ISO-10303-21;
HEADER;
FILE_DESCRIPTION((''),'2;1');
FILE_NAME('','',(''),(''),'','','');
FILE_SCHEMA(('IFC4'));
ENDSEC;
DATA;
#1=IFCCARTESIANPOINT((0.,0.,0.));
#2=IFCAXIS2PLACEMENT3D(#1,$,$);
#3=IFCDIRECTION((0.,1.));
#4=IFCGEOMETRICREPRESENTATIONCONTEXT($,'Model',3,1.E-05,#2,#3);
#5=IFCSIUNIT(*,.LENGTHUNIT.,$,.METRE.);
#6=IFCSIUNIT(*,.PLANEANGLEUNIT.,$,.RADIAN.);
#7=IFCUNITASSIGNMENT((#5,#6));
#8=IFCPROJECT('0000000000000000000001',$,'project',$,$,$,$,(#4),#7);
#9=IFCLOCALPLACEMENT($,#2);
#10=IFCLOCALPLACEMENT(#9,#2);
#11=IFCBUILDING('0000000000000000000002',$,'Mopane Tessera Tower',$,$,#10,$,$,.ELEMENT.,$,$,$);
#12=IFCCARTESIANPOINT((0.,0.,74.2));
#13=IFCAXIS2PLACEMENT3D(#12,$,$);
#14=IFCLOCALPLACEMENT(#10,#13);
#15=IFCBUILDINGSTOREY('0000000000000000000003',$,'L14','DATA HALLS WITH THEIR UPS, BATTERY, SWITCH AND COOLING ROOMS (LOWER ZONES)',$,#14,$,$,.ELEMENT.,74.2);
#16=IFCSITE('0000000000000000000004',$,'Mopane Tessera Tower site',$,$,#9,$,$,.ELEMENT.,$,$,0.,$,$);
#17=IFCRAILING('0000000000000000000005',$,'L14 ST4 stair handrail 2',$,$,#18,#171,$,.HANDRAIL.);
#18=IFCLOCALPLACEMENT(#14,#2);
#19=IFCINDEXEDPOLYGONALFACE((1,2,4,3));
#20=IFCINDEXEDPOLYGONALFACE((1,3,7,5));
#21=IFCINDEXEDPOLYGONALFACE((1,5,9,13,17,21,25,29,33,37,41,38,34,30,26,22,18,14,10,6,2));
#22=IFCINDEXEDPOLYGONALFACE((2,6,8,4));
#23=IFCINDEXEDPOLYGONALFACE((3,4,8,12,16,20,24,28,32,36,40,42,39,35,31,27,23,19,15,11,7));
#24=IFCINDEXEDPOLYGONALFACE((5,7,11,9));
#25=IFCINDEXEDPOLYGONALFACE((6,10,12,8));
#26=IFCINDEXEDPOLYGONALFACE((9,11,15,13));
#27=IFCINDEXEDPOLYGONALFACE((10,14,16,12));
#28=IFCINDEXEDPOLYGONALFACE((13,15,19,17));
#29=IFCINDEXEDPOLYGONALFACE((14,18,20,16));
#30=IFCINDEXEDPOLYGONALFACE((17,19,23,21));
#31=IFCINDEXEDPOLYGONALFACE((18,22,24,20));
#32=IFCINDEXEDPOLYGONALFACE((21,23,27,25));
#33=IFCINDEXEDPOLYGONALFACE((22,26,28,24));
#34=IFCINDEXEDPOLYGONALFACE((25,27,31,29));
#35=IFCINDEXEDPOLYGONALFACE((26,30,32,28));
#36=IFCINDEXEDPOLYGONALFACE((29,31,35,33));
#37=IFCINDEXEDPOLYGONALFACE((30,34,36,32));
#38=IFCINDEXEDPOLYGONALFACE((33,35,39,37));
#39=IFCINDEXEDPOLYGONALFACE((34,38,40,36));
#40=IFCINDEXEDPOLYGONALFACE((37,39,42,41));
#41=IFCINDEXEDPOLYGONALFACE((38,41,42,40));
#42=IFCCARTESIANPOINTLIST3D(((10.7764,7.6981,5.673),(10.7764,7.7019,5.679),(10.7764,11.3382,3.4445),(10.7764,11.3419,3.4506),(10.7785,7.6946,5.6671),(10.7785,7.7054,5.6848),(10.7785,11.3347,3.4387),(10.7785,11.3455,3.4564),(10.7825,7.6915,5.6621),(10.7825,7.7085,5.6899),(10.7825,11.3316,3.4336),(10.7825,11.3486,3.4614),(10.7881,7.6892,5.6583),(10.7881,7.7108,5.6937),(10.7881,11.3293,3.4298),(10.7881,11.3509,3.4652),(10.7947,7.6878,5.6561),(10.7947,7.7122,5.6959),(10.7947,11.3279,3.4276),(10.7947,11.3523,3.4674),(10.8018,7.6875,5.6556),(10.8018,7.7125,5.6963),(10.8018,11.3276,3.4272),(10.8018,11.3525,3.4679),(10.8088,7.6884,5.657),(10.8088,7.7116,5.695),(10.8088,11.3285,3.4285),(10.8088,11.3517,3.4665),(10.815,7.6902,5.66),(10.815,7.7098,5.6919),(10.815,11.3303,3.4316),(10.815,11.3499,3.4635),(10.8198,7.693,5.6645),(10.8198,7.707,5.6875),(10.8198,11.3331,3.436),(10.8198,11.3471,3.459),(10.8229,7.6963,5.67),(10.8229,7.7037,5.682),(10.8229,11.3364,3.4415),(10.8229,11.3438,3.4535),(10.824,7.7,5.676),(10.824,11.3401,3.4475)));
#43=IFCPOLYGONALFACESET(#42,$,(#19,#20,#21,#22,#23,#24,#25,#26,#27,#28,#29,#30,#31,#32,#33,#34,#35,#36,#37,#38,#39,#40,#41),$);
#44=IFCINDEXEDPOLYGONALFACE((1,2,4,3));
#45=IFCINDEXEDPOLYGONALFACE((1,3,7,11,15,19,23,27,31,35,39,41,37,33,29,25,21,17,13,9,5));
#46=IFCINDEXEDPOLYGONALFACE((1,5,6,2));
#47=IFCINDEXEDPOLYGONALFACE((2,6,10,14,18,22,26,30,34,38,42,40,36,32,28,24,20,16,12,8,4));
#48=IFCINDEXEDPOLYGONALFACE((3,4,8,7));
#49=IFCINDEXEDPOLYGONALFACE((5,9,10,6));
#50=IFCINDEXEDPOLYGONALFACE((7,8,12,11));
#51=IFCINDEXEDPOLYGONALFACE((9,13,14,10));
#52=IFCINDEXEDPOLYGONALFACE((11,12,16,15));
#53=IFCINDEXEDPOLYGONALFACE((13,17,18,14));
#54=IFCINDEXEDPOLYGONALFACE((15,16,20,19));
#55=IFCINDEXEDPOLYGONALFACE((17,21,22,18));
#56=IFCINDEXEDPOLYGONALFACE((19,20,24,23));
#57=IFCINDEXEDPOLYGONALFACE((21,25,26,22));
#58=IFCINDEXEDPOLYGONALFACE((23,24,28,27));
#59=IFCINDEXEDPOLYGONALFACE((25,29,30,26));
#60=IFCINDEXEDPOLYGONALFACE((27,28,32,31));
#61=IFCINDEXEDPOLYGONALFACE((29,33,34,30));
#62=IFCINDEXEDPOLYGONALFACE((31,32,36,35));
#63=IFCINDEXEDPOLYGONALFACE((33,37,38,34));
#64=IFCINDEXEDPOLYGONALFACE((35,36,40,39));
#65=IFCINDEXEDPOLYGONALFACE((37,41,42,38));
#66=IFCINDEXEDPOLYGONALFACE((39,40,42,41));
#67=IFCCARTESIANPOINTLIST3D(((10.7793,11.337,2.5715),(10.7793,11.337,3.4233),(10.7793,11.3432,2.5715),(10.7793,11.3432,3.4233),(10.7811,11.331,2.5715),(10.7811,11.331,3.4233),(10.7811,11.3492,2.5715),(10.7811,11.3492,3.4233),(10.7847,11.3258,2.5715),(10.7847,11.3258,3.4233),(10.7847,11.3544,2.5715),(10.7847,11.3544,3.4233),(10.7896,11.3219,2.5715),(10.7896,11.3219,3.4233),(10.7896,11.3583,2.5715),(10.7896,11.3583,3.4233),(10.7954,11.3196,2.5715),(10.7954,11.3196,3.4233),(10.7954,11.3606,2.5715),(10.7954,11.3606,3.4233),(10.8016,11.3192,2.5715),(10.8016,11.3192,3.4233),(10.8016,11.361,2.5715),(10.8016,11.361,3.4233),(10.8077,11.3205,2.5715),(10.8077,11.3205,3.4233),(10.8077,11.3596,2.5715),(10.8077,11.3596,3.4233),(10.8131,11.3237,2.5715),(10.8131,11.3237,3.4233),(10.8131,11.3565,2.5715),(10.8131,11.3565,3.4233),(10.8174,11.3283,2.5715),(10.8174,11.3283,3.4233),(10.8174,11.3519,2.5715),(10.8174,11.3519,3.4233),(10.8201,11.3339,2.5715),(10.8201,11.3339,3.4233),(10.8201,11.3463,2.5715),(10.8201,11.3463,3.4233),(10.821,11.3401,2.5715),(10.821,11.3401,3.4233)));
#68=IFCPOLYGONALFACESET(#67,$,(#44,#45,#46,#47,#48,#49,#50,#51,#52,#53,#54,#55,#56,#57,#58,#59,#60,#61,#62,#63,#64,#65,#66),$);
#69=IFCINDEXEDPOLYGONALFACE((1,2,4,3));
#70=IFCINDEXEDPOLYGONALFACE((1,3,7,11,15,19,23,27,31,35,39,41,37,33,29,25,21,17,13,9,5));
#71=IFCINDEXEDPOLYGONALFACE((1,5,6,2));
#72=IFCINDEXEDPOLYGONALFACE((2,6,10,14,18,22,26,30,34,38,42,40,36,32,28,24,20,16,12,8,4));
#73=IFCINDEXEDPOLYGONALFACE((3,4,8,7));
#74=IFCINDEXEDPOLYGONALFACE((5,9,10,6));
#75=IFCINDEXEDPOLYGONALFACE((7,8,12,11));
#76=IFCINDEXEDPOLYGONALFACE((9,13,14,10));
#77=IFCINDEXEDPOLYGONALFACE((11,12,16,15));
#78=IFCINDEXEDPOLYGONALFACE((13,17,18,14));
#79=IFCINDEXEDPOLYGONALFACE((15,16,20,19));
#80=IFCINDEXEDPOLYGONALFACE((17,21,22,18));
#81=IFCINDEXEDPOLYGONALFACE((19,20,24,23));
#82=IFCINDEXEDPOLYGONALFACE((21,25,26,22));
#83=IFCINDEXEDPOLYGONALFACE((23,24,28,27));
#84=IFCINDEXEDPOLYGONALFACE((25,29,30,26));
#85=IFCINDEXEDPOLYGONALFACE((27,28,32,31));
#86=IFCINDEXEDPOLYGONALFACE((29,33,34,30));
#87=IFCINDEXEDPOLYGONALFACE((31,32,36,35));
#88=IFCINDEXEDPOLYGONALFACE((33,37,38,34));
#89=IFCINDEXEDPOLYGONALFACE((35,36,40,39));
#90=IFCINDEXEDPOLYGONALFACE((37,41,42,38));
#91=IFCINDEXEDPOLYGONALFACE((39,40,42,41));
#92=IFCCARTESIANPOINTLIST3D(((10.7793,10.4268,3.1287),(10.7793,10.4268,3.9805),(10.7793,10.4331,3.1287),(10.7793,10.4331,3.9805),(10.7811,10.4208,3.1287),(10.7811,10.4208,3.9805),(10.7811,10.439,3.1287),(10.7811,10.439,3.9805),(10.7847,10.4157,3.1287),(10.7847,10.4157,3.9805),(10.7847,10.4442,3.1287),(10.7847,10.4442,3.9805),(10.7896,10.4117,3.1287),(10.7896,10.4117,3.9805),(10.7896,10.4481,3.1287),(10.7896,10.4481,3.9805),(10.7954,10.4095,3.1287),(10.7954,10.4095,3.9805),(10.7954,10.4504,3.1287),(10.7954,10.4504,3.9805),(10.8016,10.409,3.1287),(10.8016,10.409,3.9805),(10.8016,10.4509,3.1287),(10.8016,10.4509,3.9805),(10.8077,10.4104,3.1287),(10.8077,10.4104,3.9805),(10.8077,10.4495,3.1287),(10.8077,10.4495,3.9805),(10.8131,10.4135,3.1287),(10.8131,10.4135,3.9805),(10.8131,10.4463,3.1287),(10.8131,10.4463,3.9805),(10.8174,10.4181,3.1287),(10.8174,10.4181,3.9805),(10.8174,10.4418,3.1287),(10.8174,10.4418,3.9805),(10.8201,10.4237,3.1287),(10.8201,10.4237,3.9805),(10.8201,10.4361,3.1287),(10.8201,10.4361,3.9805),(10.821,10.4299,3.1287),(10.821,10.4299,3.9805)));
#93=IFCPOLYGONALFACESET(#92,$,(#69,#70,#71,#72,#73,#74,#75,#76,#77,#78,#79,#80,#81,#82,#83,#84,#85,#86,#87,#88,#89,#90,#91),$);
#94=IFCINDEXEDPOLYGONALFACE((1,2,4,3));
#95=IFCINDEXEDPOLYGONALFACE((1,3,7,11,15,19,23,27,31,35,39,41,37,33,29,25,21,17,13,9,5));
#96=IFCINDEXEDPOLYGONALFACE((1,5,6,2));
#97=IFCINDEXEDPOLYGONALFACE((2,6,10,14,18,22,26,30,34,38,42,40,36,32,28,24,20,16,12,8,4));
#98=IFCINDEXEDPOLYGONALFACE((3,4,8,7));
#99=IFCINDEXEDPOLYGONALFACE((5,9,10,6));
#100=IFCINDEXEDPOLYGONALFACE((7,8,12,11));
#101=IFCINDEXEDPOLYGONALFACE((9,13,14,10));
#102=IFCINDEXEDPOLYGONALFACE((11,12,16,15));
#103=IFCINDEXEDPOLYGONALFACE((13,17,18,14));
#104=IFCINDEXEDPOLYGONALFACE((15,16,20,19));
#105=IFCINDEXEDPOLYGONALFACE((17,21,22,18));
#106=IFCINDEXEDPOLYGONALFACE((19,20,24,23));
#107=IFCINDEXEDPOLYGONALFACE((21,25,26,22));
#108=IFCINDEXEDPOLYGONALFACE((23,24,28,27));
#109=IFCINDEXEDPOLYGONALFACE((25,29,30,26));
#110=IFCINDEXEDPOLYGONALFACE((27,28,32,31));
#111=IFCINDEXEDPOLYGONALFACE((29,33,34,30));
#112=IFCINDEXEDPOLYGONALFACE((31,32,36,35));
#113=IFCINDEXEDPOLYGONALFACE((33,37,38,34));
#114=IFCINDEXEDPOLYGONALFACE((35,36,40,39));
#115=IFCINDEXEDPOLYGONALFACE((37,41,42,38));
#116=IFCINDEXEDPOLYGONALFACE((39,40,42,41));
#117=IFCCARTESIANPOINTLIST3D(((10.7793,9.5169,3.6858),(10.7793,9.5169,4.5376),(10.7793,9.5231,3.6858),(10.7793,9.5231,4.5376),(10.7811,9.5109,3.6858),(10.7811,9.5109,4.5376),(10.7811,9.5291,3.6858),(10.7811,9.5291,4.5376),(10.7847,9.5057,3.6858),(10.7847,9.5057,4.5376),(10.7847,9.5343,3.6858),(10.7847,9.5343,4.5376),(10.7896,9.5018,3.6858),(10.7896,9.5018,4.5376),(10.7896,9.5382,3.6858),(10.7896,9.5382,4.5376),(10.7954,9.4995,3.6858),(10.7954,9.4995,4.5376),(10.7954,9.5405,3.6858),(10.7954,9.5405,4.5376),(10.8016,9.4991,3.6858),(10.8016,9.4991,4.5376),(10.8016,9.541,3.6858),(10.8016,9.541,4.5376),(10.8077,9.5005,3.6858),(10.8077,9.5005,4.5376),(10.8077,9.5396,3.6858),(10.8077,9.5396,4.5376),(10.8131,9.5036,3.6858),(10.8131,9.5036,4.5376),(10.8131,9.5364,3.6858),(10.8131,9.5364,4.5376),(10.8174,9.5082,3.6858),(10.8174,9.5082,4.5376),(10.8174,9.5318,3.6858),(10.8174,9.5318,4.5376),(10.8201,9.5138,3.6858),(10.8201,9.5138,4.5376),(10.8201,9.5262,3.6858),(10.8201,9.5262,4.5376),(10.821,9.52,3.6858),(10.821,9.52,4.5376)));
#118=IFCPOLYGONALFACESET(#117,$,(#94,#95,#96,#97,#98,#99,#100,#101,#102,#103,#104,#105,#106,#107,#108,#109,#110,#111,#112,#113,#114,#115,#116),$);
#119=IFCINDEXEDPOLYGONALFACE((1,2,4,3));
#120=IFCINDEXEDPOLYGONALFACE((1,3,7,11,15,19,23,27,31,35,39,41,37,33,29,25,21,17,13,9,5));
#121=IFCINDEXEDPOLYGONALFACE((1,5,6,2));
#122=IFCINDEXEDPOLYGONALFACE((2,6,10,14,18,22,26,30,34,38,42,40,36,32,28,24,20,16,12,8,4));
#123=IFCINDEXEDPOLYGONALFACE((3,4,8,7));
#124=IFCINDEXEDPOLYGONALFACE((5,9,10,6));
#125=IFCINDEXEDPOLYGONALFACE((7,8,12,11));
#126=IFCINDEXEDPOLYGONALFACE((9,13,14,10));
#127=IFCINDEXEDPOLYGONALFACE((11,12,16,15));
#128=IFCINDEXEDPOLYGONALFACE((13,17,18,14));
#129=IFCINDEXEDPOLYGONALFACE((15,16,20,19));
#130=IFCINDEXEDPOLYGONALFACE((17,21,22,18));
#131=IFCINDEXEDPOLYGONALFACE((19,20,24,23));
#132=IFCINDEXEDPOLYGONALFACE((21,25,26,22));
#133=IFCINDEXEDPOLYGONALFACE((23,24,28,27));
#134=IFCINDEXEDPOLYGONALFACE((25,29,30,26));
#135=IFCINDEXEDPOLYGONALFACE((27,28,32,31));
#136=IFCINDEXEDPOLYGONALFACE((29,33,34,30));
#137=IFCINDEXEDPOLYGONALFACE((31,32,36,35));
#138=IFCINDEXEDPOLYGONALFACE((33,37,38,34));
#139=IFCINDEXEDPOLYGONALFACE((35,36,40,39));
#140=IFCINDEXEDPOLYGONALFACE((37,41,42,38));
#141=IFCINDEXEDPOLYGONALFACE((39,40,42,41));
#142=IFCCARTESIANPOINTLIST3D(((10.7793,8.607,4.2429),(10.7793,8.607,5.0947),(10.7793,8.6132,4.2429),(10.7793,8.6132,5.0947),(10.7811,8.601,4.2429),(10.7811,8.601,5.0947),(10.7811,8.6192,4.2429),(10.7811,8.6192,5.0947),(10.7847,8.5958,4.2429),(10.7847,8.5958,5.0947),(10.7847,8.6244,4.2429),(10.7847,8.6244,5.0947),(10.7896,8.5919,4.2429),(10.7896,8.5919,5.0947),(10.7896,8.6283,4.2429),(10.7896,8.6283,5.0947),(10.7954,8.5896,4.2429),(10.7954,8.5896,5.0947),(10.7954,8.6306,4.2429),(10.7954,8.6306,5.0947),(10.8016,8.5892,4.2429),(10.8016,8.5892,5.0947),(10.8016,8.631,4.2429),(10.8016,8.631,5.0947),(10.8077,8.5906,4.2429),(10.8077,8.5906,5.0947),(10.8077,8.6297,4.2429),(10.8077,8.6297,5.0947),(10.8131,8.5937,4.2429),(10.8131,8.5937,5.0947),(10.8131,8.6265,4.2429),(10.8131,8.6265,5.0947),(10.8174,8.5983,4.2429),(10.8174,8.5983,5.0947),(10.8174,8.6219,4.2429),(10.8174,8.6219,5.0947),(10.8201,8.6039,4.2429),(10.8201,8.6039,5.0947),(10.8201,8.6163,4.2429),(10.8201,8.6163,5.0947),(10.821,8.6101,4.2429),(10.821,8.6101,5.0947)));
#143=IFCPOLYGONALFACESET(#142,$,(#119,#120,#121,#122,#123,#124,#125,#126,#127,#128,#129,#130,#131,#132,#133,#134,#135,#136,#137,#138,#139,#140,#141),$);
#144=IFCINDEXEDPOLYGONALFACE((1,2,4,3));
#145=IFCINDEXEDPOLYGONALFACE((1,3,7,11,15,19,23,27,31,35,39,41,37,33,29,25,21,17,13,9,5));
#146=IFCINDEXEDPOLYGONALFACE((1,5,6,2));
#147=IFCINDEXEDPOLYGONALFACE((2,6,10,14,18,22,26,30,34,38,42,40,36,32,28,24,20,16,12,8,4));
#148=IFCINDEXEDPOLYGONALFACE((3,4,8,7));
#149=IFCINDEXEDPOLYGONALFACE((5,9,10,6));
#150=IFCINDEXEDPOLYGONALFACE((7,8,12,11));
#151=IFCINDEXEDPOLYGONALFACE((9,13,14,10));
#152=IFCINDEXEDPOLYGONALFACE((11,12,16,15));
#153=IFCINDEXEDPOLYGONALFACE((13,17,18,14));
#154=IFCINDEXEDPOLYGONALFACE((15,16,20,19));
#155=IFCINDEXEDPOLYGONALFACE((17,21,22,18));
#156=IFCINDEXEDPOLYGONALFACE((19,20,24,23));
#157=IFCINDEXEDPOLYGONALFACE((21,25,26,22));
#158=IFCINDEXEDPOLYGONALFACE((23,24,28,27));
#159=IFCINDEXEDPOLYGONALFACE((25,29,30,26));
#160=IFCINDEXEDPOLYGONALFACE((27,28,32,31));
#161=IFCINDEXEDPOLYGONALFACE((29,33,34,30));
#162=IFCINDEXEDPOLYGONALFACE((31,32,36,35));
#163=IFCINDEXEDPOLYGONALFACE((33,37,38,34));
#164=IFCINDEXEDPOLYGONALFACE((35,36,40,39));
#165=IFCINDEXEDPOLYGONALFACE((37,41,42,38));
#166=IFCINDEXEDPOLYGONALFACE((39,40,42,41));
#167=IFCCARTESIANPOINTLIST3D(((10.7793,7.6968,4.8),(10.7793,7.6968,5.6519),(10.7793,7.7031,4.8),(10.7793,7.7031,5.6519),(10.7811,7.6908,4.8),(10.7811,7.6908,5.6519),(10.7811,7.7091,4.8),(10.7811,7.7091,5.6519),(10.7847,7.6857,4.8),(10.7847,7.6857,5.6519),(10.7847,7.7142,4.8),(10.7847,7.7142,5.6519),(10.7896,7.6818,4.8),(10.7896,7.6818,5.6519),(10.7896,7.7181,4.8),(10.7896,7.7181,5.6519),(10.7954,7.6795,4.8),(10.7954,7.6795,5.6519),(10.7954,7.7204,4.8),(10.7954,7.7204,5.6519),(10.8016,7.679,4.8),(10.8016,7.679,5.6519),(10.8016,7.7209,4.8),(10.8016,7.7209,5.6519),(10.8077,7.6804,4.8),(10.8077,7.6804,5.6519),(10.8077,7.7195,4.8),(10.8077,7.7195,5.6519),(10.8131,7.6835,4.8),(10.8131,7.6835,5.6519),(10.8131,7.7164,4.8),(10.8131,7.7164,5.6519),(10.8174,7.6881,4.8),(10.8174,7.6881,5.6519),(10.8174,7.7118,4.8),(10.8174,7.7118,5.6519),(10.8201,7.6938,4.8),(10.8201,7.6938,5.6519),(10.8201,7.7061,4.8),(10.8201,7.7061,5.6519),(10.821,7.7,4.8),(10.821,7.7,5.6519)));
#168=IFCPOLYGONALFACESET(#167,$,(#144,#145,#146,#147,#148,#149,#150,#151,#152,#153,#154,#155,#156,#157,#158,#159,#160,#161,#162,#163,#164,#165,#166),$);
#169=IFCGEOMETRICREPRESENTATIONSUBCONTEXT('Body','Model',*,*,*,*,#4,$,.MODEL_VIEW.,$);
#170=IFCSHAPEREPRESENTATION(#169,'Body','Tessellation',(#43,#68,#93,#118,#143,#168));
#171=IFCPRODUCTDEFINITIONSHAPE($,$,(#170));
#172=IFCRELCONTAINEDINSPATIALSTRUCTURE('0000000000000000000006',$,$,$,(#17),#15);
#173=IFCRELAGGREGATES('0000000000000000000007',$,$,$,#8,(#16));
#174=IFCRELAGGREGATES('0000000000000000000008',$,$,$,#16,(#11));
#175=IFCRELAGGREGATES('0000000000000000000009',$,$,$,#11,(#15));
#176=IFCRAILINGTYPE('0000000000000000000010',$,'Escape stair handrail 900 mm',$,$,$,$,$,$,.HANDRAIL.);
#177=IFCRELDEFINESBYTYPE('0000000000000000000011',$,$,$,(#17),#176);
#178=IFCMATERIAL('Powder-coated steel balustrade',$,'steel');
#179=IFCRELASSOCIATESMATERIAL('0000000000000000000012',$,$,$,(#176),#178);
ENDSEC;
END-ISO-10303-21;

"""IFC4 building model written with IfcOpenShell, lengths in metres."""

from ifc_helpers import new_model, si_unit, direction, frame, origin, origin_2d, place, context, subcontext, project, spatial, circle, extrude, material, type_object, element, save


model = new_model("IFC4")

# Units and contexts
model_context = context("Model", 3, precision=1e-05, world=origin(), true_north=direction((0.0, 1.0)))
body_context = subcontext(model_context, "Body", "Model", "MODEL_VIEW")
ifc_project = project(units=[si_unit("LENGTHUNIT", "METRE"), si_unit("PLANEANGLEUNIT", "RADIAN")], contexts=[model_context])

# Site, building, storey
site_placement = place(None, origin())
site = spatial("IfcSite", under=ifc_project, at=site_placement, Name="Mopane Tessera Tower site", CompositionType="ELEMENT", RefElevation=0.0)
building_placement = place(site_placement, origin())
building = spatial("IfcBuilding", under=site, at=building_placement, Name="Mopane Tessera Tower", CompositionType="ELEMENT")
storey_placement = place(building_placement, frame((0.0, 0.0, 74.2)))
storey = spatial("IfcBuildingStorey", under=building, at=storey_placement, Name="L14", Description="DATA HALLS WITH THEIR UPS, BATTERY, SWITCH AND COOLING ROOMS (LOWER ZONES)", CompositionType="ELEMENT", Elevation=74.2)

# Railing
ifc_material_1 = material(Name="Powder-coated steel balustrade", Category="steel")
railing_type_1 = type_object("IfcRailingType", Name="Escape stair handrail 900 mm", PredefinedType="HANDRAIL", material=ifc_material_1)
railing_1_placement = place(storey_placement, frame((10.8, 11.3401, 2.5715)))
element("IfcRailing", 1, at=railing_1_placement, inside=storey, type_object=railing_type_1, Name="L14 ST4 stair handrail 2", PredefinedType="HANDRAIL", context=body_context, shape_type="SweptSolid", body=[
    extrude(circle(Radius=0.0239, at=origin_2d()), frame((0.0, 0.0, 0.876), z_axis=(0.0, -0.852866, 0.52213), x_axis=(1.0, 0.0, 0.0)), (0.0, 0.0, 1.0), 4.2681),
    extrude(circle(Radius=0.021, at=origin_2d()), origin(), (0.0, 0.0, 1.0), 0.8518),
    extrude(circle(Radius=0.021, at=origin_2d()), frame((0.0, -0.9102, 0.5571)), (0.0, 0.0, 1.0), 0.8518),
    extrude(circle(Radius=0.021, at=origin_2d()), frame((0.0, -1.8201, 1.1143)), (0.0, 0.0, 1.0), 0.8518),
    extrude(circle(Radius=0.021, at=origin_2d()), frame((0.0, -2.73, 1.6714)), (0.0, 0.0, 1.0), 0.8518),
    extrude(circle(Radius=0.021, at=origin_2d()), frame((0.0, -3.6401, 2.2285)), (0.0, 0.0, 1.0), 0.8518),
])

save(model, "model.ifc")
